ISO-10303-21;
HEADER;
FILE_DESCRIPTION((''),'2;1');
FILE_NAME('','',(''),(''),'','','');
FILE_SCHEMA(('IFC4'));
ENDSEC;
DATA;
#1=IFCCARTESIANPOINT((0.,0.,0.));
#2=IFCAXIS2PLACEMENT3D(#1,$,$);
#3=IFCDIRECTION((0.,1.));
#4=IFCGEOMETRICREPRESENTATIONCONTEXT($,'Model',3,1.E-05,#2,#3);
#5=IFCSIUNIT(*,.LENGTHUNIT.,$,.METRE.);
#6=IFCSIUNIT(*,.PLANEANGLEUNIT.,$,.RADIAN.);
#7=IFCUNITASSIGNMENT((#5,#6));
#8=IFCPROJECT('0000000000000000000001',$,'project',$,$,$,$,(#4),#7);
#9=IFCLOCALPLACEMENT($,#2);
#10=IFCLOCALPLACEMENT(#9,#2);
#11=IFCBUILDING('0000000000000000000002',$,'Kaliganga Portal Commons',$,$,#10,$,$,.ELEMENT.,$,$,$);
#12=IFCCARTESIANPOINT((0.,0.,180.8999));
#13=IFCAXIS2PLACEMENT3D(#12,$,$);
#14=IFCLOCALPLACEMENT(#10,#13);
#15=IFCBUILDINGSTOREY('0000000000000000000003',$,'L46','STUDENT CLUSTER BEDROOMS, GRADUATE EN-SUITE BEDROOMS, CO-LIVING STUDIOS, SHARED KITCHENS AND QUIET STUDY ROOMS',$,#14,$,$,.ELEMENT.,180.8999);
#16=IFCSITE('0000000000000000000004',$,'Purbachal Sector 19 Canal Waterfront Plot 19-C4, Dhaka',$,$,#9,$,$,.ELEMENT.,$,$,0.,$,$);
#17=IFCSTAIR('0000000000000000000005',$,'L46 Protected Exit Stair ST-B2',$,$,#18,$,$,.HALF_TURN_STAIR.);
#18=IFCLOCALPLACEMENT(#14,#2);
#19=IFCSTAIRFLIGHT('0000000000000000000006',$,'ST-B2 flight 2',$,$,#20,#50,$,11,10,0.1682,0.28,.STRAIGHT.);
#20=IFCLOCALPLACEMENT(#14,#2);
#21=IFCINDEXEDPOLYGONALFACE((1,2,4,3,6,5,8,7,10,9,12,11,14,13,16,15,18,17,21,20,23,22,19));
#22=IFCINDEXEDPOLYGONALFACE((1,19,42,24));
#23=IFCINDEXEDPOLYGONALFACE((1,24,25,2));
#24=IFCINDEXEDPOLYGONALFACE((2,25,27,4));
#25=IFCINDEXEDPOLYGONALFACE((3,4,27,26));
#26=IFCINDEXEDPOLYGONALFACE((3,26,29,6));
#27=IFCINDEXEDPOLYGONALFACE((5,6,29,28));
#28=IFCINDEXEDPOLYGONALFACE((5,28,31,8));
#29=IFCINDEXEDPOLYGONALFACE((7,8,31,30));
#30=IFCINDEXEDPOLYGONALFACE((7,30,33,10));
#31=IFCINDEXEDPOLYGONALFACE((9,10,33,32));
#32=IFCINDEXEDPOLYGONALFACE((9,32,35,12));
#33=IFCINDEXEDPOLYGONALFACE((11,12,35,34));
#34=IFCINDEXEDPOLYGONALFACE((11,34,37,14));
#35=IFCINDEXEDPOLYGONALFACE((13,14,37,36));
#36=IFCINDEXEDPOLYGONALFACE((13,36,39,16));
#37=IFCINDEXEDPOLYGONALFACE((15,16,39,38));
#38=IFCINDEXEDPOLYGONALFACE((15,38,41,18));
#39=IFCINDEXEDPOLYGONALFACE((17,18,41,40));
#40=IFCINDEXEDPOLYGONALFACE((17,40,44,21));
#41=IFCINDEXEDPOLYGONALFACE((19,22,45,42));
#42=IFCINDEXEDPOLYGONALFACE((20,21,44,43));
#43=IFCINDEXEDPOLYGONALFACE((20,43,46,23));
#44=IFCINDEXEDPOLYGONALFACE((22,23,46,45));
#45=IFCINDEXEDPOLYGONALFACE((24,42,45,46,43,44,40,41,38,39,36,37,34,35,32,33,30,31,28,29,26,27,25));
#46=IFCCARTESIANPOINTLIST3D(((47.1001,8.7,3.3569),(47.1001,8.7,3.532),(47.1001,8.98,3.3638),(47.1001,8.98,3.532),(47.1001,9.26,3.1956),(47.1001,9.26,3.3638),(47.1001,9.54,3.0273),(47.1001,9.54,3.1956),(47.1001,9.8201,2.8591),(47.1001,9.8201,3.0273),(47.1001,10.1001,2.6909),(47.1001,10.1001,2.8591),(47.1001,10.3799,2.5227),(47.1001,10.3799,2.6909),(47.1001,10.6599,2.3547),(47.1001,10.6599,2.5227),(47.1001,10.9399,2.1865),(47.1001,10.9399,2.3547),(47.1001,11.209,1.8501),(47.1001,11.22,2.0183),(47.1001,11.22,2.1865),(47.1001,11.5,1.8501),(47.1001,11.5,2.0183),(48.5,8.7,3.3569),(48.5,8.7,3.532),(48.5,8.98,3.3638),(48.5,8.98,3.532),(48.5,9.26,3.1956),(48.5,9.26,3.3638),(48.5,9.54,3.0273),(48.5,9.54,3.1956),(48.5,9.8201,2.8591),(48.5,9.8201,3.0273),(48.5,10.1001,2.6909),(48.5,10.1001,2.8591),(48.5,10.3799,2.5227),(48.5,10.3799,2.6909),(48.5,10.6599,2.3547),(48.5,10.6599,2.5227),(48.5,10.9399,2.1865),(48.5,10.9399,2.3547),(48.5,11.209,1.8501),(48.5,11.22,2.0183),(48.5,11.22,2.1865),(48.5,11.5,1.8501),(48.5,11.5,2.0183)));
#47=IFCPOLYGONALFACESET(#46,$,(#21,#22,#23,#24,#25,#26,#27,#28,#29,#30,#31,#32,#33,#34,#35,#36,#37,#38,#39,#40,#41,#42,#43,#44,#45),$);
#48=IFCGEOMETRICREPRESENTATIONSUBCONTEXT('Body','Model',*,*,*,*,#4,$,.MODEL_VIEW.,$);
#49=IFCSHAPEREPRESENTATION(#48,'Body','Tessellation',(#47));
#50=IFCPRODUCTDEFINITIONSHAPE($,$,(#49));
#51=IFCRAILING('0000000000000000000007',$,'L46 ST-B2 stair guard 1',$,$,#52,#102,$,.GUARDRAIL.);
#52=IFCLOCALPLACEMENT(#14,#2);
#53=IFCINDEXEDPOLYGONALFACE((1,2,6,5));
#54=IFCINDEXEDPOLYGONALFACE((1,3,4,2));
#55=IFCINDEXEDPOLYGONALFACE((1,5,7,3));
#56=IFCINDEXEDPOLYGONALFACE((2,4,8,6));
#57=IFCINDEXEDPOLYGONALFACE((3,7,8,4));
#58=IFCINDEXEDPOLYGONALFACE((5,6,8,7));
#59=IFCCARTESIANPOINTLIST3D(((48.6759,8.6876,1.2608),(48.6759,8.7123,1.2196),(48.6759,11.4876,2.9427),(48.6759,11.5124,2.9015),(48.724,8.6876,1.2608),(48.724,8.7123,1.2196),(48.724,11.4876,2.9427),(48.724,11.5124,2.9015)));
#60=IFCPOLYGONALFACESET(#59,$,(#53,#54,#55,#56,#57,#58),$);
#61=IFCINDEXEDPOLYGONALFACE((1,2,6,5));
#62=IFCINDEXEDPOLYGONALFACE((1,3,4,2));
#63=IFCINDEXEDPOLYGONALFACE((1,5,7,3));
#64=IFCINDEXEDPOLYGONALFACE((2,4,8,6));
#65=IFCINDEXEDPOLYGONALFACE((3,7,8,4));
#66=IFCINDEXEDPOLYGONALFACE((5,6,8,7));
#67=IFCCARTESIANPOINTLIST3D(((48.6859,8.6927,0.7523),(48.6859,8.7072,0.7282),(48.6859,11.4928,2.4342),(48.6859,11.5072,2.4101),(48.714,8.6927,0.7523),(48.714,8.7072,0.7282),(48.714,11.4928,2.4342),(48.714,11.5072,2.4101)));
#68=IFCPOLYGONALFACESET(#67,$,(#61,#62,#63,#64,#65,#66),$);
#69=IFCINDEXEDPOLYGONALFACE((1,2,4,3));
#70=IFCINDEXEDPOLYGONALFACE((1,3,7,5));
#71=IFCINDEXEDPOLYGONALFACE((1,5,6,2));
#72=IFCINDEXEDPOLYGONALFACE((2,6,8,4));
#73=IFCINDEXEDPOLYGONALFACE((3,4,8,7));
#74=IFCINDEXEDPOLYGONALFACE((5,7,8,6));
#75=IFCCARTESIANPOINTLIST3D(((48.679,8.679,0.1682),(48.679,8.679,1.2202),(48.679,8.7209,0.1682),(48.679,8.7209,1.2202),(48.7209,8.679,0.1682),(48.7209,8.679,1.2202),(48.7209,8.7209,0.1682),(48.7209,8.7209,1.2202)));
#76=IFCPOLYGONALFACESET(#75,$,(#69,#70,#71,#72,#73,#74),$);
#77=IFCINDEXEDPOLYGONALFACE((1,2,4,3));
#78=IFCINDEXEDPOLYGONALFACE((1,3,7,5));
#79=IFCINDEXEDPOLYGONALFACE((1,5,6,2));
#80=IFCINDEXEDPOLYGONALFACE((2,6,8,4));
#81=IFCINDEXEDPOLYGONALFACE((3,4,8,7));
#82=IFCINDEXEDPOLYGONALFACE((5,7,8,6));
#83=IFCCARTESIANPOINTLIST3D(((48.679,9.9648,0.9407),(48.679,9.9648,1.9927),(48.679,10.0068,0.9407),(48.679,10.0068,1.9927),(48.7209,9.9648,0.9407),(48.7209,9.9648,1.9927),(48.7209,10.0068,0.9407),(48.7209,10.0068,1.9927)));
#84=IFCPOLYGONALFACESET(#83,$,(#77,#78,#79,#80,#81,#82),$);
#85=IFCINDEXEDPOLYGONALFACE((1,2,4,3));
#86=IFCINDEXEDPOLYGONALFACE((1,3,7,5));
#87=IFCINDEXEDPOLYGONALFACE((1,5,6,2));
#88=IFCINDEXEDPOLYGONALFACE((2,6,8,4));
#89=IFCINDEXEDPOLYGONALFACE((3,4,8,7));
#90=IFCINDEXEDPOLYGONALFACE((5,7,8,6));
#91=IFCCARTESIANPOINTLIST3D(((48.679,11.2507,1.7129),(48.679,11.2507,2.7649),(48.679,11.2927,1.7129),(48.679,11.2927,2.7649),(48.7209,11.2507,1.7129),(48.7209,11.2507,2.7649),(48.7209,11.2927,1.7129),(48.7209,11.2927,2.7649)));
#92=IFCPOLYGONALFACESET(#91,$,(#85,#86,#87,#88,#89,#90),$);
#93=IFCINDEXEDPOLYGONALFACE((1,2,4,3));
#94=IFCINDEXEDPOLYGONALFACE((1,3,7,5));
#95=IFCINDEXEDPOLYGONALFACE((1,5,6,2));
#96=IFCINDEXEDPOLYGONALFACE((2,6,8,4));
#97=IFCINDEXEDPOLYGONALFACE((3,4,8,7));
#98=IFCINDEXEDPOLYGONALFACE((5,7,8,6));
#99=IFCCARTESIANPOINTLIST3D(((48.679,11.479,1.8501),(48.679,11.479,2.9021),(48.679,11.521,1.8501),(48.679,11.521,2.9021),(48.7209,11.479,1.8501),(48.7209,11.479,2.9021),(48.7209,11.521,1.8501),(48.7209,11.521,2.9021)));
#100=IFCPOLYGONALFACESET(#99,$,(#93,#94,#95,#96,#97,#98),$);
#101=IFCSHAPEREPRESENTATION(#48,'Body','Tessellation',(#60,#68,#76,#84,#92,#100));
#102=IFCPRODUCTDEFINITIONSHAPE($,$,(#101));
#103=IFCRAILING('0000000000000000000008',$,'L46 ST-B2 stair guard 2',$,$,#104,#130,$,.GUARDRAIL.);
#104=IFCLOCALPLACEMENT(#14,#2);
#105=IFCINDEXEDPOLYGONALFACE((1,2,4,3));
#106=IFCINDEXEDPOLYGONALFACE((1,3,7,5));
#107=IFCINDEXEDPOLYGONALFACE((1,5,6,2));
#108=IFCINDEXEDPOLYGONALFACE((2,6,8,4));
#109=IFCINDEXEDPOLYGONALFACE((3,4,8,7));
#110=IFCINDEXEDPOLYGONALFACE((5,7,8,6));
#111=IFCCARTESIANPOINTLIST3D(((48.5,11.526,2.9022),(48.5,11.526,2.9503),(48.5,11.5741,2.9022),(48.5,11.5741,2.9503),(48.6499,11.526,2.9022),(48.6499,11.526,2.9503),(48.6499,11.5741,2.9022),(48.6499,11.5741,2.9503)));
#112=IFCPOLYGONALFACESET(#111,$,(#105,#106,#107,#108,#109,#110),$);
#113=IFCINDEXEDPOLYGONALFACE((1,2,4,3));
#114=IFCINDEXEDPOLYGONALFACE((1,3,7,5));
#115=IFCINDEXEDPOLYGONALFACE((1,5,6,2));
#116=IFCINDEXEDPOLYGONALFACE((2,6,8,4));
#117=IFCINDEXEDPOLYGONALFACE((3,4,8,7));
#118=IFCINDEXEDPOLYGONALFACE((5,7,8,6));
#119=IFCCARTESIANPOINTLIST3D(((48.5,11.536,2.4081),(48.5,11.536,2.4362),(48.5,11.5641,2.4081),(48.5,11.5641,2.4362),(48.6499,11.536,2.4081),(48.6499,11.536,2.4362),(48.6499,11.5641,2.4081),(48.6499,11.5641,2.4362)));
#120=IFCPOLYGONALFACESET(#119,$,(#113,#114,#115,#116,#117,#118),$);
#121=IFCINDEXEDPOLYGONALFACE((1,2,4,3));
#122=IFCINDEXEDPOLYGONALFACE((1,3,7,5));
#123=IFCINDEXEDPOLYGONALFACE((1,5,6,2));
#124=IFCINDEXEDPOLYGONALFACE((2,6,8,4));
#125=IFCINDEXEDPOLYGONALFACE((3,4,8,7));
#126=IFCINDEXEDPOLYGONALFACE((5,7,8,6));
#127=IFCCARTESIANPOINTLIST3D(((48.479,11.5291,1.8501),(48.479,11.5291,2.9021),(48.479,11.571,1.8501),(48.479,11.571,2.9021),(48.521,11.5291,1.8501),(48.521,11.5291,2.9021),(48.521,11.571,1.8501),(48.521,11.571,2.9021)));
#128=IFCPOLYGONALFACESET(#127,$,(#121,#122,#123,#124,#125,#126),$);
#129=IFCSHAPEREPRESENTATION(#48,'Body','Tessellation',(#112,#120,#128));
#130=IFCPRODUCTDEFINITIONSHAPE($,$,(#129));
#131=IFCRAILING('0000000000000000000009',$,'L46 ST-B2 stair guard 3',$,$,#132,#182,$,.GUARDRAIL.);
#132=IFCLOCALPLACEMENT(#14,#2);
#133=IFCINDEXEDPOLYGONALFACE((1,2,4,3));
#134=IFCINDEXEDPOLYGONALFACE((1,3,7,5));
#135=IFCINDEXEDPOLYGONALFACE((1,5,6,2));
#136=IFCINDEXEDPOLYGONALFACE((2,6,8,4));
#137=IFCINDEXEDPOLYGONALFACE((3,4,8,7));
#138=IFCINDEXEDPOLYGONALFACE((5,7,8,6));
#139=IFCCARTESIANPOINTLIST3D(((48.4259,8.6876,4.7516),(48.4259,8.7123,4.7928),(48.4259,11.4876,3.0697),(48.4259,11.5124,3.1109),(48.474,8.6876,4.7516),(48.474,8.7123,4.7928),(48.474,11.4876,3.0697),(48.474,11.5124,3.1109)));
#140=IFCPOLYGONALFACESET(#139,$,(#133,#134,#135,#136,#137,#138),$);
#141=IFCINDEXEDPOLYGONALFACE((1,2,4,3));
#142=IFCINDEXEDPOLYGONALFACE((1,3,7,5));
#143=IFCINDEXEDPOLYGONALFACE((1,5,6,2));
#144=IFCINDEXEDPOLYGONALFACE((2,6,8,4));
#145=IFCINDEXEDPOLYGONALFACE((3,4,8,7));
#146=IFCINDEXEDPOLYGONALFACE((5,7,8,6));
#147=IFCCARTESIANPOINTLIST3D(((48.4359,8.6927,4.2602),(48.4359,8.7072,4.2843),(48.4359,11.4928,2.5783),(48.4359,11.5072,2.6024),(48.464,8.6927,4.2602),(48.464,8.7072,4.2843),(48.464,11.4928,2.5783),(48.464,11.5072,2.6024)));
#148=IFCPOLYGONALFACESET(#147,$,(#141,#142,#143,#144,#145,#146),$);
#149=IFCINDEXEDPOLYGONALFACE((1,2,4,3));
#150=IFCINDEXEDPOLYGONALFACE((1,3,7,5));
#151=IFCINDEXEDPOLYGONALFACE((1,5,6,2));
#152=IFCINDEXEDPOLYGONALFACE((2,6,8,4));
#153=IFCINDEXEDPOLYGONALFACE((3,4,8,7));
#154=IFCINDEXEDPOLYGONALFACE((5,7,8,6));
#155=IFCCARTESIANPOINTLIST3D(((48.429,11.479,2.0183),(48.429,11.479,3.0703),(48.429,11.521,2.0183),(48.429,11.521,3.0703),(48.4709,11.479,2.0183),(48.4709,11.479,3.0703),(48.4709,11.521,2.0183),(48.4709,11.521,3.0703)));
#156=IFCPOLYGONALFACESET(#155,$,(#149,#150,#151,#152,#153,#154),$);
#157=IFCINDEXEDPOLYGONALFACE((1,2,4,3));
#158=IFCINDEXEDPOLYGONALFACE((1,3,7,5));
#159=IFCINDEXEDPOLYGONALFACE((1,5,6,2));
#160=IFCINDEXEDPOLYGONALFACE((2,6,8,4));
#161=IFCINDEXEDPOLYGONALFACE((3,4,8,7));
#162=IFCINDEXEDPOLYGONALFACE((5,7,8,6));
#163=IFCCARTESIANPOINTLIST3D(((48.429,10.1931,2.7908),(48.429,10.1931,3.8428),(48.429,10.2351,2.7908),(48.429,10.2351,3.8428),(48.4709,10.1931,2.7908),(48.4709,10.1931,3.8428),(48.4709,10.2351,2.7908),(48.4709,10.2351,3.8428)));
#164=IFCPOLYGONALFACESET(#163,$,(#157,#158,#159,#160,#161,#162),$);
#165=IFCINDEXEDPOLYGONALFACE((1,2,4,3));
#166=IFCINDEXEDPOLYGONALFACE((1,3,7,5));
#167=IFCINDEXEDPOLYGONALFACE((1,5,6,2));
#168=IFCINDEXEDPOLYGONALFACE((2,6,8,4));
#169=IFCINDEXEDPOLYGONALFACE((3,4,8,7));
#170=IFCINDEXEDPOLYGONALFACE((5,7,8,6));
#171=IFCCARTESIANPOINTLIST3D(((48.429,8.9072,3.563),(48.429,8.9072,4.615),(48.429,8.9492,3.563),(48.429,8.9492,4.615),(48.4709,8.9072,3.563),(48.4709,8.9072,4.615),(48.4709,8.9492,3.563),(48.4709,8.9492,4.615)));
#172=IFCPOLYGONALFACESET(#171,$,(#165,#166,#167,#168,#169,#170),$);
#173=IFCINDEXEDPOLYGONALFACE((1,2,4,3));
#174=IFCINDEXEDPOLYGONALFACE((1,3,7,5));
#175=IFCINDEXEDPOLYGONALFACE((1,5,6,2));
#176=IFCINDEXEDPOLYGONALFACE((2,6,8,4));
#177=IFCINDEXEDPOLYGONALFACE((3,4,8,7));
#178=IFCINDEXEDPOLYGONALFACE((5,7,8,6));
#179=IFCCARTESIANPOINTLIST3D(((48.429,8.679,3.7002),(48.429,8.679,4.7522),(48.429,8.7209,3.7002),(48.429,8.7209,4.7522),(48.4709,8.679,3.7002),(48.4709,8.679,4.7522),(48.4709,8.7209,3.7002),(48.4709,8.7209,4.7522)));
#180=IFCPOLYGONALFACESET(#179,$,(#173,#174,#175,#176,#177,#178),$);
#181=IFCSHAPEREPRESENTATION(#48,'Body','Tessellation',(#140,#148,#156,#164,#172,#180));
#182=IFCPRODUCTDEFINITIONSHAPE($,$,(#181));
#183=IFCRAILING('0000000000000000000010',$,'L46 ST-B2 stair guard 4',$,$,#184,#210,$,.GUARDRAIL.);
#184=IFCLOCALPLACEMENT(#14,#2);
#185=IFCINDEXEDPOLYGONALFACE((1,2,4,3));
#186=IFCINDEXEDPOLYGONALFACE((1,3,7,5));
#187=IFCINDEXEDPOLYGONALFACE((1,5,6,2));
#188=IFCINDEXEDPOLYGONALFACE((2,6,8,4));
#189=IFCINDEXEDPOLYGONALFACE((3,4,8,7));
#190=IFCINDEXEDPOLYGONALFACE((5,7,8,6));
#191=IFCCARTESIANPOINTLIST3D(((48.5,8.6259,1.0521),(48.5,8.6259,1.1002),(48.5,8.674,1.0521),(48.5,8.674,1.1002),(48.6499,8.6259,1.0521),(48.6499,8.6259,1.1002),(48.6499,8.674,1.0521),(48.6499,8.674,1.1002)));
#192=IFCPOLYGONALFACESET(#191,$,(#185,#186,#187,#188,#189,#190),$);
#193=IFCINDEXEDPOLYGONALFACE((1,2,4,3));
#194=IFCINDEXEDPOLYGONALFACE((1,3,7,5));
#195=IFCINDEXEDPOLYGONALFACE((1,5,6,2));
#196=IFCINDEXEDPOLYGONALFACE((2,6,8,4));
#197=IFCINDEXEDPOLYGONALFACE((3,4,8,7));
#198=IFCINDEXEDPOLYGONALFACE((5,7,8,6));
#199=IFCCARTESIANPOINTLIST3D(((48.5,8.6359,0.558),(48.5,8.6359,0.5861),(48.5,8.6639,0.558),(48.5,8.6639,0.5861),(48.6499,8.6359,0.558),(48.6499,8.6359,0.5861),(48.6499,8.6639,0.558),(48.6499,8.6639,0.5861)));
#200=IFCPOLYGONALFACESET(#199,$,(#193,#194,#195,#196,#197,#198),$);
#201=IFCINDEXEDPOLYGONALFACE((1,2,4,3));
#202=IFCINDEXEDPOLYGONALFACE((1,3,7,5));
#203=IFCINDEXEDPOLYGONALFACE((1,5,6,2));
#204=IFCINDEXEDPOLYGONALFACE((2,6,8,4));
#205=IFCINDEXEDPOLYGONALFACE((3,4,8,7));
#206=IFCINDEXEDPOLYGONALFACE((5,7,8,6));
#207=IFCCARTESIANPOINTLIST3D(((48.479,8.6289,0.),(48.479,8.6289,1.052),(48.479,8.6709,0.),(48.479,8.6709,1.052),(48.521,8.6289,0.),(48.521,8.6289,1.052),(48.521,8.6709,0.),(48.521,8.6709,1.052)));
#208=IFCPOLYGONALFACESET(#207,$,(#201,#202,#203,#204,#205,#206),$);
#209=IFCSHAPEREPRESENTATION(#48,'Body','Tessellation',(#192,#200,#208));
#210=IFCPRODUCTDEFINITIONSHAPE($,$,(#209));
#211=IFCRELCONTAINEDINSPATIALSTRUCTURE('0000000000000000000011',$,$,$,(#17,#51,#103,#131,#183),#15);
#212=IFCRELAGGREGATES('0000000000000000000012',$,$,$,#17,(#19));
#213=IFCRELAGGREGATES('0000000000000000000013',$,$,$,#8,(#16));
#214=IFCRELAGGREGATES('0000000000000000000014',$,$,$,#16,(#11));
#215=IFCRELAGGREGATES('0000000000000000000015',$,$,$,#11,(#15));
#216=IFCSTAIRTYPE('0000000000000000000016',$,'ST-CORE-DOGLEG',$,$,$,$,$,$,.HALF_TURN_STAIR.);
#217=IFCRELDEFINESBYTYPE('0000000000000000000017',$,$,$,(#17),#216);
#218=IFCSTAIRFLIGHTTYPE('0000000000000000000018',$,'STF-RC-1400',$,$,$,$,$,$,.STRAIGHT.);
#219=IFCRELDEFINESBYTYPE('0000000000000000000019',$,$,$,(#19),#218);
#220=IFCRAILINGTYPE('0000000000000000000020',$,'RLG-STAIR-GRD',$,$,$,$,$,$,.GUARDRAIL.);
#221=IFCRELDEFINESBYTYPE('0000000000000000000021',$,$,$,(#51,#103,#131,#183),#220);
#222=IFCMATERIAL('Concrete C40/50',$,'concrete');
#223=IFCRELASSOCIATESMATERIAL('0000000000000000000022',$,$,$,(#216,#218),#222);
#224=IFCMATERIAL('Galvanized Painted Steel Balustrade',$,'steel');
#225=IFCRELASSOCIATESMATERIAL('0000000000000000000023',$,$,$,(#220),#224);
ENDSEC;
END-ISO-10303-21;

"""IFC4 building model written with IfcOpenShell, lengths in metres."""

from ifc_helpers import new_model, si_unit, direction, frame, origin, origin_2d, place, context, subcontext, project, spatial, polyline, rectangle, outline, extrude, material, type_object, element, aggregate, save


model = new_model("IFC4")

# Units and contexts
model_context = context("Model", 3, precision=1e-05, world=origin(), true_north=direction((0.0, 1.0)))
body_context = subcontext(model_context, "Body", "Model", "MODEL_VIEW")
ifc_project = project(units=[si_unit("LENGTHUNIT", "METRE"), si_unit("PLANEANGLEUNIT", "RADIAN")], contexts=[model_context])

# Site, building, storey
site_placement = place(None, origin())
site = spatial("IfcSite", under=ifc_project, at=site_placement, Name="Purbachal Sector 19 Canal Waterfront Plot 19-C4, Dhaka", CompositionType="ELEMENT", RefElevation=0.0)
building_placement = place(site_placement, origin())
building = spatial("IfcBuilding", under=site, at=building_placement, Name="Kaliganga Portal Commons", CompositionType="ELEMENT")
storey_placement = place(building_placement, frame((0.0, 0.0, 180.8999)))
storey = spatial("IfcBuildingStorey", under=building, at=storey_placement, Name="L46", Description="STUDENT CLUSTER BEDROOMS, GRADUATE EN-SUITE BEDROOMS, CO-LIVING STUDIOS, SHARED KITCHENS AND QUIET STUDY ROOMS", CompositionType="ELEMENT", Elevation=180.8999)

# Stair, stair flight
ifc_material_1 = material(Name="Concrete C40/50", Category="concrete")
stair_type = type_object("IfcStairType", Name="ST-CORE-DOGLEG", PredefinedType="HALF_TURN_STAIR", material=ifc_material_1)
stair_placement = place(storey_placement, origin())
stair = element("IfcStair", 1, at=stair_placement, inside=storey, type_object=stair_type, Name="L46 Protected Exit Stair ST-B2", PredefinedType="HALF_TURN_STAIR")
stair_flight_type = type_object("IfcStairFlightType", Name="STF-RC-1400", PredefinedType="STRAIGHT", material=ifc_material_1)
stair_flight_1_placement = place(storey_placement, frame((47.8, 11.5, 1.8501), z_axis=(0.0, 0.0, 1.0), x_axis=(0.0, -1.0, 0.0)))
stair_flight_1 = element("IfcStairFlight", 2, at=stair_flight_1_placement, type_object=stair_flight_type, Name="ST-B2 flight 2", NumberOfRisers=11, NumberOfTreads=10, PredefinedType="STRAIGHT", RiserHeight=0.1682, TreadLength=0.28, context=body_context, shape_type="SweptSolid", body=[
    extrude(outline(polyline([(0.0, 0.0), (0.0, 0.1682), (0.28, 0.1682), (0.28, 0.3364), (0.5601, 0.3364), (0.5601, 0.5046), (0.8401, 0.5046), (0.8401, 0.6726), (1.1201, 0.6726), (1.1201, 0.8408), (1.3999, 0.8408), (1.3999, 1.009), (1.6799, 1.009), (1.6799, 1.1772), (1.96, 1.1772), (1.96, 1.3455), (2.24, 1.3455), (2.24, 1.5137), (2.52, 1.5137), (2.52, 1.6819), (2.8, 1.6819), (2.8, 1.8501), (2.8, 1.5068), (0.291, 0.0), (0.0, 0.0)])), frame((0.0, 0.7, 0.0), z_axis=(0.0, -1.0, 0.0), x_axis=(1.0, 0.0, 0.0)), (0.0, 0.0, 1.0), 1.3999),
])
aggregate(stair, [stair_flight_1])

# Railings
ifc_material_2 = material(Name="Galvanized Painted Steel Balustrade", Category="steel")
railing_type_1 = type_object("IfcRailingType", Name="RLG-STAIR-GRD", PredefinedType="GUARDRAIL", material=ifc_material_2)
railing_1_placement = place(storey_placement, frame((48.7, 8.7, 0.1682)))
element("IfcRailing", 3, at=railing_1_placement, inside=storey, type_object=railing_type_1, Name="L46 ST-B2 stair guard 1", PredefinedType="GUARDRAIL", context=body_context, shape_type="SweptSolid", body=[
    extrude(rectangle(XDim=0.0481, YDim=0.0481, at=origin_2d()), frame((0.0, 0.0, 1.072), z_axis=(0.0, 0.857242, 0.514913), x_axis=(-1.0, 0.0, 0.0)), (0.0, 0.0, 1.0), 3.2664),
    extrude(rectangle(XDim=0.0281, YDim=0.0281, at=origin_2d()), frame((0.0, 0.0, 0.572), z_axis=(0.0, 0.857242, 0.514913), x_axis=(-1.0, 0.0, 0.0)), (0.0, 0.0, 1.0), 3.2664),
    extrude(rectangle(XDim=0.042, YDim=0.042, at=origin_2d()), origin(), (0.0, 0.0, 1.0), 1.052),
    extrude(rectangle(XDim=0.042, YDim=0.042, at=origin_2d()), frame((0.0, 1.2859, 0.7725)), (0.0, 0.0, 1.0), 1.052),
    extrude(rectangle(XDim=0.042, YDim=0.042, at=origin_2d()), frame((0.0, 2.5718, 1.5447)), (0.0, 0.0, 1.0), 1.052),
    extrude(rectangle(XDim=0.042, YDim=0.042, at=origin_2d()), frame((0.0, 2.8, 1.6819)), (0.0, 0.0, 1.0), 1.052),
])
railing_2_placement = place(storey_placement, frame((48.6499, 11.55, 1.8501)))
element("IfcRailing", 4, at=railing_2_placement, inside=storey, type_object=railing_type_1, Name="L46 ST-B2 stair guard 2", PredefinedType="GUARDRAIL", context=body_context, shape_type="SweptSolid", body=[
    extrude(rectangle(XDim=0.0481, YDim=0.0481, at=origin_2d()), frame((0.0, 0.0, 1.0762), z_axis=(-1.0, 0.0, 0.0), x_axis=(0.0, -1.0, 0.0)), (0.0, 0.0, 1.0), 0.1499),
    extrude(rectangle(XDim=0.0281, YDim=0.0281, at=origin_2d()), frame((0.0, 0.0, 0.572), z_axis=(-1.0, 0.0, 0.0), x_axis=(0.0, -1.0, 0.0)), (0.0, 0.0, 1.0), 0.1499),
    extrude(rectangle(XDim=0.042, YDim=0.042, at=origin_2d()), frame((-0.1499, 0.0, 0.0)), (0.0, 0.0, 1.0), 1.052),
])
railing_3_placement = place(storey_placement, frame((48.45, 11.5, 2.0183)))
element("IfcRailing", 5, at=railing_3_placement, inside=storey, type_object=railing_type_1, Name="L46 ST-B2 stair guard 3", PredefinedType="GUARDRAIL", context=body_context, shape_type="SweptSolid", body=[
    extrude(rectangle(XDim=0.0481, YDim=0.0481, at=origin_2d()), frame((0.0, 0.0, 1.072), z_axis=(0.0, -0.857242, 0.514913), x_axis=(1.0, 0.0, 0.0)), (0.0, 0.0, 1.0), 3.2664),
    extrude(rectangle(XDim=0.0281, YDim=0.0281, at=origin_2d()), frame((0.0, 0.0, 0.572), z_axis=(0.0, -0.857242, 0.514913), x_axis=(1.0, 0.0, 0.0)), (0.0, 0.0, 1.0), 3.2664),
    extrude(rectangle(XDim=0.042, YDim=0.042, at=origin_2d()), origin(), (0.0, 0.0, 1.0), 1.052),
    extrude(rectangle(XDim=0.042, YDim=0.042, at=origin_2d()), frame((0.0, -1.2859, 0.7725)), (0.0, 0.0, 1.0), 1.052),
    extrude(rectangle(XDim=0.042, YDim=0.042, at=origin_2d()), frame((0.0, -2.5718, 1.5447)), (0.0, 0.0, 1.0), 1.052),
    extrude(rectangle(XDim=0.042, YDim=0.042, at=origin_2d()), frame((0.0, -2.8, 1.6819)), (0.0, 0.0, 1.0), 1.052),
])
railing_4_placement = place(storey_placement, frame((48.6499, 8.6499, 0.0)))
element("IfcRailing", 6, at=railing_4_placement, inside=storey, type_object=railing_type_1, Name="L46 ST-B2 stair guard 4", PredefinedType="GUARDRAIL", context=body_context, shape_type="SweptSolid", body=[
    extrude(rectangle(XDim=0.0481, YDim=0.0481, at=origin_2d()), frame((0.0, 0.0, 1.0762), z_axis=(-1.0, 0.0, 0.0), x_axis=(0.0, -1.0, 0.0)), (0.0, 0.0, 1.0), 0.1499),
    extrude(rectangle(XDim=0.0281, YDim=0.0281, at=origin_2d()), frame((0.0, 0.0, 0.572), z_axis=(-1.0, 0.0, 0.0), x_axis=(0.0, -1.0, 0.0)), (0.0, 0.0, 1.0), 0.1499),
    extrude(rectangle(XDim=0.042, YDim=0.042, at=origin_2d()), frame((-0.1499, 0.0, 0.0)), (0.0, 0.0, 1.0), 1.052),
])

save(model, "model.ifc")
